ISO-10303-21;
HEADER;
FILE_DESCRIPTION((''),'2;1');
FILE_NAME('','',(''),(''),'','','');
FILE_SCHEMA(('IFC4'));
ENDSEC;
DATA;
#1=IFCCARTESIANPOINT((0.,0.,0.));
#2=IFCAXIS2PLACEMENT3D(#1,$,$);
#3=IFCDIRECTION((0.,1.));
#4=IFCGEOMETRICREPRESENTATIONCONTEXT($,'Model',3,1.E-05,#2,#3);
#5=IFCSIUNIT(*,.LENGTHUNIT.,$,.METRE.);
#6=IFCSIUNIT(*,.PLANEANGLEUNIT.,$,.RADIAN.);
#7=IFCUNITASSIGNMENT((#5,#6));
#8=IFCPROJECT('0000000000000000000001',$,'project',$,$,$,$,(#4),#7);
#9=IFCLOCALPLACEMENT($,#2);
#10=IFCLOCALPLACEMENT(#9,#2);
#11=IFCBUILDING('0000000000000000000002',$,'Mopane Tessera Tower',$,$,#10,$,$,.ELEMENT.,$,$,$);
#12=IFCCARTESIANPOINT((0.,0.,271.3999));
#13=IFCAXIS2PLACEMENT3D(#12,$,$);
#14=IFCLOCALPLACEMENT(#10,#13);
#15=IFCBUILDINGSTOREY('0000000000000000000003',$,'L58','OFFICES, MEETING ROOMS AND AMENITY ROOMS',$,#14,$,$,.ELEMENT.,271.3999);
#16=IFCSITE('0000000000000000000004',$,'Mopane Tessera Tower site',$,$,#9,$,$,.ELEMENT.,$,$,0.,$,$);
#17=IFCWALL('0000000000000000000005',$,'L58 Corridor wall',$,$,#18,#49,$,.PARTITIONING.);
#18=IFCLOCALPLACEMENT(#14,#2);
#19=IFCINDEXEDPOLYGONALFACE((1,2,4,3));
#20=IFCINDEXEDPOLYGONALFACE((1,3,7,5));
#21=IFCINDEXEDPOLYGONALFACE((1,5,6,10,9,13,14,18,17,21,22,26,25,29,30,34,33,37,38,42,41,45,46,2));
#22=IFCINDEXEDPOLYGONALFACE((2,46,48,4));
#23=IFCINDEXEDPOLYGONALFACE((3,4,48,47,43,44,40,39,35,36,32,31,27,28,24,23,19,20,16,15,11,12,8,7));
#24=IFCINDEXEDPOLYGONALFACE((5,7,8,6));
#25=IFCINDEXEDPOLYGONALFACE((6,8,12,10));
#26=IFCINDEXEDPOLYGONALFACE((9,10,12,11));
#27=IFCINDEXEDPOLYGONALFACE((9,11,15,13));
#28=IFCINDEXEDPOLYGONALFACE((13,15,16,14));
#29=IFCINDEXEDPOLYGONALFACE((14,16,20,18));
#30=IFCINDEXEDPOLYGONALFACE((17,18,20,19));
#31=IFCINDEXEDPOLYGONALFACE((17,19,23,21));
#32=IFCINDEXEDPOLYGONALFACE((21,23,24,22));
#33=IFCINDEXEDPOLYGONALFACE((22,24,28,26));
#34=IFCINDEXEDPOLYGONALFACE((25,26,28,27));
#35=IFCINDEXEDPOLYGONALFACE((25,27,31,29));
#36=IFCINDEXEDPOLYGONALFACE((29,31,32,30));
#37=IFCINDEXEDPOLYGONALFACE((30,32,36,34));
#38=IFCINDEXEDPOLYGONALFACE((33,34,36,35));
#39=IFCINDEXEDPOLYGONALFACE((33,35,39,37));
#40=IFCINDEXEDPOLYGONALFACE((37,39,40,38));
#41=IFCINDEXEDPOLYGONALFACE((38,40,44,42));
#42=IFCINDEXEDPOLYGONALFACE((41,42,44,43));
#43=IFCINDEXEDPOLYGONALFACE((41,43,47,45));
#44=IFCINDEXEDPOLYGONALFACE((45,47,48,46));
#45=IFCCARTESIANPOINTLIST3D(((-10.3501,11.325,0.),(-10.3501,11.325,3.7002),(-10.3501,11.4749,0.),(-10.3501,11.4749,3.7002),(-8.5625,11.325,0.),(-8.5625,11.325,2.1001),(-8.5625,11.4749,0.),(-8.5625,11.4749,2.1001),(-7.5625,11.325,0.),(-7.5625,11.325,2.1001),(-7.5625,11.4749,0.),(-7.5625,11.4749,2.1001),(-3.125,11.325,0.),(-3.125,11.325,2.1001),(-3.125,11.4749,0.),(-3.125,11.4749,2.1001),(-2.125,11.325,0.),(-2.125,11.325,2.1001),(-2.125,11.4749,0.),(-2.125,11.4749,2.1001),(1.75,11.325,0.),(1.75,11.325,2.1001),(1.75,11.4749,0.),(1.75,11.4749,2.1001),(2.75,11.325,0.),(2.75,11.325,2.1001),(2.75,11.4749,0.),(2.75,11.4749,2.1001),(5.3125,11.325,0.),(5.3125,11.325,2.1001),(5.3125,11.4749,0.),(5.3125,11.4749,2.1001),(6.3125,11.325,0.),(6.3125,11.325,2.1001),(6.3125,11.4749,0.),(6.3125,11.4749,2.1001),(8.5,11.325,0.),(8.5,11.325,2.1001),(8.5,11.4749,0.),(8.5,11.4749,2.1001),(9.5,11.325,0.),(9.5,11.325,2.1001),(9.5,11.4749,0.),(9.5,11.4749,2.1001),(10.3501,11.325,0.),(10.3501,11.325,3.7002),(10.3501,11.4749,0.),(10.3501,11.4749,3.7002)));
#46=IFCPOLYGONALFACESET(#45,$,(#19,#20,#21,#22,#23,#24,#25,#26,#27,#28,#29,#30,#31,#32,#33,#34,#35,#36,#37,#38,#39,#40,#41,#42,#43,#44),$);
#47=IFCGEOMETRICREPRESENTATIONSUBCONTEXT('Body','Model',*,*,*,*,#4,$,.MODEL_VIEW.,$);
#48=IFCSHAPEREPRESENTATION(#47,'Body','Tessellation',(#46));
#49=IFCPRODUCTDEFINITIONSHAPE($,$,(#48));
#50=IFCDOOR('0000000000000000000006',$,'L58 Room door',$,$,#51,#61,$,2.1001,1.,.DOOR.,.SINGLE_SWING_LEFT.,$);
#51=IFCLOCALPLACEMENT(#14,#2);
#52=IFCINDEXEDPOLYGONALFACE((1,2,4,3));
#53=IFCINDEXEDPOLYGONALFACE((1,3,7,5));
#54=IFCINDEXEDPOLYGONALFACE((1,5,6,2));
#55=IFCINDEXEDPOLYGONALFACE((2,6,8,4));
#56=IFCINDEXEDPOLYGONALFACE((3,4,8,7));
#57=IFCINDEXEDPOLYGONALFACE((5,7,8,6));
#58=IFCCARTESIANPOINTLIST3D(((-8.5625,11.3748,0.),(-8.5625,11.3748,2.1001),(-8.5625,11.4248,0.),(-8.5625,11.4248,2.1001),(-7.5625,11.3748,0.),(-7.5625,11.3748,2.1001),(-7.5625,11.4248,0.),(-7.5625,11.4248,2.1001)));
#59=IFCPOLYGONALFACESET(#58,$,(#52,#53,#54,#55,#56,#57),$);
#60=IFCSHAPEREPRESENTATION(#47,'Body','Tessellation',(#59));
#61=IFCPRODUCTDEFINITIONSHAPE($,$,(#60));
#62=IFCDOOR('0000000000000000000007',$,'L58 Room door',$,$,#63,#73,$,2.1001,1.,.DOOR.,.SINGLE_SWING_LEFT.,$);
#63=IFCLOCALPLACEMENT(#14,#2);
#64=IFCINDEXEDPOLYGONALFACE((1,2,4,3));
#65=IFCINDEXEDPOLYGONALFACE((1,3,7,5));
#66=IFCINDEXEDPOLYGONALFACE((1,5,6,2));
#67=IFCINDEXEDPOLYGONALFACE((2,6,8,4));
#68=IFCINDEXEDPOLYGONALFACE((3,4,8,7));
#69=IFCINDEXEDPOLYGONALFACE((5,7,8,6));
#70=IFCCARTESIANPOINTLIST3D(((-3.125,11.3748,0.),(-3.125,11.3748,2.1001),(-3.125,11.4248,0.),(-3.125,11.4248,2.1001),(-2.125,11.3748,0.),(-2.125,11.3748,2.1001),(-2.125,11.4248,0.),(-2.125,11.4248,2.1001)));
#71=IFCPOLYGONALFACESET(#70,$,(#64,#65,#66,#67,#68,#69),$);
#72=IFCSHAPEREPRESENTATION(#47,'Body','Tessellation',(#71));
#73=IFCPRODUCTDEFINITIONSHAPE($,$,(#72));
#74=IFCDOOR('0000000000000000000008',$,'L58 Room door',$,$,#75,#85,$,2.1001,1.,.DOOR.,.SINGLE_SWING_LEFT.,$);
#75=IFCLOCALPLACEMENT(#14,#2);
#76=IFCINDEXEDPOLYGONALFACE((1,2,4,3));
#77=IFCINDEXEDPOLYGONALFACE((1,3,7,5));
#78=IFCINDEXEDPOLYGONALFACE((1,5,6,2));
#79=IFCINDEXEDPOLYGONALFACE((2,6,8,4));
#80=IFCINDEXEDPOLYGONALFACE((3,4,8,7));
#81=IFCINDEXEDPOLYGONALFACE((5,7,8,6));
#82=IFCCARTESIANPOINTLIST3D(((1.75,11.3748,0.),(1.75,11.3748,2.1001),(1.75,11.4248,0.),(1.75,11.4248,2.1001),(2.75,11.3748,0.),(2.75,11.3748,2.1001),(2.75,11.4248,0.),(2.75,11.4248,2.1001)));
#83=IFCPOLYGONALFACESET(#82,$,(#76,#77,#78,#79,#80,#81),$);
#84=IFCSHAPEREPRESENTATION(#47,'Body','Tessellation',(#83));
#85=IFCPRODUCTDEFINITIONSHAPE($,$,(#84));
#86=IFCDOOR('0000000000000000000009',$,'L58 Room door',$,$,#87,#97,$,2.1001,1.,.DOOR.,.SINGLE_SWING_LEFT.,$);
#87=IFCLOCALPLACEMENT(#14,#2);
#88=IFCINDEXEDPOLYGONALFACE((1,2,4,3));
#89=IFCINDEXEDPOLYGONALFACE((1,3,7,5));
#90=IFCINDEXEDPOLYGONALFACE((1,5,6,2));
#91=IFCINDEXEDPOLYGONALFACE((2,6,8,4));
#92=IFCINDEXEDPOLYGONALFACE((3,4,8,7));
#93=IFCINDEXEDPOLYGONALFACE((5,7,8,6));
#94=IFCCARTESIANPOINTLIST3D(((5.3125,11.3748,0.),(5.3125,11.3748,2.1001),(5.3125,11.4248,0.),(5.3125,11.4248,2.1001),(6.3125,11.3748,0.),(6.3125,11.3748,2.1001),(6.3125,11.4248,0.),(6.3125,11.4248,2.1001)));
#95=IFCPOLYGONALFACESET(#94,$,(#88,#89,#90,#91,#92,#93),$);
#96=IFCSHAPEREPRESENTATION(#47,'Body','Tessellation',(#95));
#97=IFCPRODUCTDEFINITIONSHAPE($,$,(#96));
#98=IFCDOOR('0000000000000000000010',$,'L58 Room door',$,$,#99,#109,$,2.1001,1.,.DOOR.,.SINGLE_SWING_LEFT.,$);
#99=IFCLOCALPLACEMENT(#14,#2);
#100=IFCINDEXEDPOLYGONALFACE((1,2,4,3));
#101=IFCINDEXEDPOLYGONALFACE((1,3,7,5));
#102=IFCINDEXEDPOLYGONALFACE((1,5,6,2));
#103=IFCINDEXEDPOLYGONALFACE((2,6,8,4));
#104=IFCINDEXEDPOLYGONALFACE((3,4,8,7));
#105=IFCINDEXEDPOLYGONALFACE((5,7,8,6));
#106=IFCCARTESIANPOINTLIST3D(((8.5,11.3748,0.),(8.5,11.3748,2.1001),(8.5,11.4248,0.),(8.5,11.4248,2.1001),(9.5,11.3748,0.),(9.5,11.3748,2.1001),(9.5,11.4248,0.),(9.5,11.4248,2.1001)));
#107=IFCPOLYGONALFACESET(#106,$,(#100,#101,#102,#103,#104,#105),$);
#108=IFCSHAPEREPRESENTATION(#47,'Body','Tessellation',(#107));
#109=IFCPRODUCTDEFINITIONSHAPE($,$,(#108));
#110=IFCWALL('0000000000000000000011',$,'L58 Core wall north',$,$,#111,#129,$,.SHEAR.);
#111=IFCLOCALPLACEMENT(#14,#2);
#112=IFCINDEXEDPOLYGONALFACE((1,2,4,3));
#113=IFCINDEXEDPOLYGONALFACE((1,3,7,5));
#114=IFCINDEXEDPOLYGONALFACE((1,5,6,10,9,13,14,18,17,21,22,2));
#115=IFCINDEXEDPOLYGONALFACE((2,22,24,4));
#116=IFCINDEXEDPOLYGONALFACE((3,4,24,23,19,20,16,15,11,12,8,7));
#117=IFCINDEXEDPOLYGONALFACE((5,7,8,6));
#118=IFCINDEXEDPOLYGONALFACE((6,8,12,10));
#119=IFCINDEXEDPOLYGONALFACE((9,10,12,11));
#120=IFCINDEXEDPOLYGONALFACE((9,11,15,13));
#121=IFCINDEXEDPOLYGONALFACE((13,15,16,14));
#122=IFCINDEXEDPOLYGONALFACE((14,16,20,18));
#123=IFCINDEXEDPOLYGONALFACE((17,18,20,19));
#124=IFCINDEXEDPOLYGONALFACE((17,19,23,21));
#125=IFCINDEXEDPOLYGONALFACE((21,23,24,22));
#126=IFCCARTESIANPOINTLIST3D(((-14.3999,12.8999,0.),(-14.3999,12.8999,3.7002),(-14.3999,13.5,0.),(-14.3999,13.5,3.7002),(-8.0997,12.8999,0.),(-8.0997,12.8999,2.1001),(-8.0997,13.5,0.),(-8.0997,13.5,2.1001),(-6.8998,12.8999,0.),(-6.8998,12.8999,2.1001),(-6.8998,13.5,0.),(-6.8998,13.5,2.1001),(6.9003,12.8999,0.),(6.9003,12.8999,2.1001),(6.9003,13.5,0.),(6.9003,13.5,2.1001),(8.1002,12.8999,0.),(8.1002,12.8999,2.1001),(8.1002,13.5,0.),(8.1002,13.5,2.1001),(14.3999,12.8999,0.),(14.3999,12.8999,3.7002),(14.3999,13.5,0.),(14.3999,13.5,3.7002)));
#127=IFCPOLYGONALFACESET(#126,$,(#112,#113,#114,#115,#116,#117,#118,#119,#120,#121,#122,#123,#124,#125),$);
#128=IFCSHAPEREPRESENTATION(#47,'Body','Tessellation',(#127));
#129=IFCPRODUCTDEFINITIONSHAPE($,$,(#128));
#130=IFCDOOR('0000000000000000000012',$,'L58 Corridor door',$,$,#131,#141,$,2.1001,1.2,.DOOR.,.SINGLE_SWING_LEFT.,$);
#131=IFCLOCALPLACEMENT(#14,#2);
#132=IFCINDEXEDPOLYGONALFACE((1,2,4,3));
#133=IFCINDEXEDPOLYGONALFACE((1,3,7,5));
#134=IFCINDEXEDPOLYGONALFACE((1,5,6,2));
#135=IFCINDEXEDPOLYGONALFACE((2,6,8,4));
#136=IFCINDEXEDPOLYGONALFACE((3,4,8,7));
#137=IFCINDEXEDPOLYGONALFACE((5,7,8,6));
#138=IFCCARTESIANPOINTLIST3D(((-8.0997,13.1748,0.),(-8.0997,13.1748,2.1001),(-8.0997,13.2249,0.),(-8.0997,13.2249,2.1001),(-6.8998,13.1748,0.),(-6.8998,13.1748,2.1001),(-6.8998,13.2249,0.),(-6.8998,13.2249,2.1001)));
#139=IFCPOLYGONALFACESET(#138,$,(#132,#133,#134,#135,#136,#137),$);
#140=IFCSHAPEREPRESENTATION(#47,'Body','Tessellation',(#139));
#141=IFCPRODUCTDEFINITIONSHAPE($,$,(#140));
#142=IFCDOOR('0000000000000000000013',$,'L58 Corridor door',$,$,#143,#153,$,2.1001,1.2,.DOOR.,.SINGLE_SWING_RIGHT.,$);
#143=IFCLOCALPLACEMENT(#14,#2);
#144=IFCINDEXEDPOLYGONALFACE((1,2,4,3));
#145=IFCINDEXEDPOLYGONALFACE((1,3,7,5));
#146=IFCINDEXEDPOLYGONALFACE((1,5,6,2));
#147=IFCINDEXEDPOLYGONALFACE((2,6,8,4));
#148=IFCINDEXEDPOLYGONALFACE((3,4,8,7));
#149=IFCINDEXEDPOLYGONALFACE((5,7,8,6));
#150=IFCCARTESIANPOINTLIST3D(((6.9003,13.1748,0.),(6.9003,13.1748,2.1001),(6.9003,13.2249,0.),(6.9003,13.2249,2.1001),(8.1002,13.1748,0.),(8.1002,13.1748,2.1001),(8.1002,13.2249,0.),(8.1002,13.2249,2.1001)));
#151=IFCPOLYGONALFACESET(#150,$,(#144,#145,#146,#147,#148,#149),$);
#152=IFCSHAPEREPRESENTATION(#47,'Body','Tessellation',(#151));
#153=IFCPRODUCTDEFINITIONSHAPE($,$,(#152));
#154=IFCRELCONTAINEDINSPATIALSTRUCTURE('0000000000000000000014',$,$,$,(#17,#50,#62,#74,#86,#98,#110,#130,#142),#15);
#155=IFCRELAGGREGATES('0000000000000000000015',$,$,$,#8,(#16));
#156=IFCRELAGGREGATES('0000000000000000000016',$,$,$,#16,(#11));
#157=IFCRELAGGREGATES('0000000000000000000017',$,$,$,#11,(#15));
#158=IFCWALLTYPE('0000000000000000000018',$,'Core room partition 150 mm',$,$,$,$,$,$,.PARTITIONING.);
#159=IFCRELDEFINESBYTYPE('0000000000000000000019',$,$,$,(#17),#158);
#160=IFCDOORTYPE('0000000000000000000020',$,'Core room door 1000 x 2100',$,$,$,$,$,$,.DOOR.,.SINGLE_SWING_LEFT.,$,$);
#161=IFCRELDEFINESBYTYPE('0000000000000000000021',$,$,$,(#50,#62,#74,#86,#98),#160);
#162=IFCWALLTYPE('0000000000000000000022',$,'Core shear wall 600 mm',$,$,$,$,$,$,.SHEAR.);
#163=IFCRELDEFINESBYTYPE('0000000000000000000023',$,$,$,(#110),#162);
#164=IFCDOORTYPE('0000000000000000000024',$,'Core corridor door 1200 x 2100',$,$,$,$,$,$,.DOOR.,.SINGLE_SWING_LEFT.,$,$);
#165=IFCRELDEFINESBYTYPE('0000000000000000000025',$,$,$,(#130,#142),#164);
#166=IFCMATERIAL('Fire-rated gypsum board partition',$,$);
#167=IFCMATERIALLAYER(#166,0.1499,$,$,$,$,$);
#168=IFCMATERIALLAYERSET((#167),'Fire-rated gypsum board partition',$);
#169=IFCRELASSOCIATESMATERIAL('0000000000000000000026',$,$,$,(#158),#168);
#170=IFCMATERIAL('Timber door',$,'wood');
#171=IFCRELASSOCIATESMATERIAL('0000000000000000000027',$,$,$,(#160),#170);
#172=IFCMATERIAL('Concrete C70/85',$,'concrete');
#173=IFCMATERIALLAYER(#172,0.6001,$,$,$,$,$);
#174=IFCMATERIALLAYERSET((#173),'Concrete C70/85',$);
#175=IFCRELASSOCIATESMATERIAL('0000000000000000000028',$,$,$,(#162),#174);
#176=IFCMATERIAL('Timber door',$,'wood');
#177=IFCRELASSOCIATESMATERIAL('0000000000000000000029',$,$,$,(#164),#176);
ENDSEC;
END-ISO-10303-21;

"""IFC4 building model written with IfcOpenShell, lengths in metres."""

from ifc_helpers import new_model, si_unit, direction, frame, frame_2d, origin, place, context, subcontext, project, spatial, rectangle, extrude, material, layer, layer_set, type_object, element, fill, save


model = new_model("IFC4")

# Units and contexts
model_context = context("Model", 3, precision=1e-05, world=origin(), true_north=direction((0.0, 1.0)))
body_context = subcontext(model_context, "Body", "Model", "MODEL_VIEW")
ifc_project = project(units=[si_unit("LENGTHUNIT", "METRE"), si_unit("PLANEANGLEUNIT", "RADIAN")], contexts=[model_context])

# Site, building, storey
site_placement = place(None, origin())
site = spatial("IfcSite", under=ifc_project, at=site_placement, Name="Mopane Tessera Tower site", CompositionType="ELEMENT", RefElevation=0.0)
building_placement = place(site_placement, origin())
building = spatial("IfcBuilding", under=site, at=building_placement, Name="Mopane Tessera Tower", CompositionType="ELEMENT")
storey_placement = place(building_placement, frame((0.0, 0.0, 271.3999)))
storey = spatial("IfcBuildingStorey", under=building, at=storey_placement, Name="L58", Description="OFFICES, MEETING ROOMS AND AMENITY ROOMS", CompositionType="ELEMENT", Elevation=271.3999)

# Walls, openings, doors
ifc_material_1 = material(Name="Fire-rated gypsum board partition")
ifc_layer_1 = layer(ifc_material_1, 0.1499)
ifc_layer_set_1 = layer_set([ifc_layer_1], Name="Fire-rated gypsum board partition")
wall_type_1 = type_object("IfcWallType", Name="Core room partition 150 mm", PredefinedType="PARTITIONING", material=ifc_layer_set_1)
wall_1_placement = place(storey_placement, frame((-10.3501, 11.3999, 0.0), z_axis=(0.0, 0.0, 1.0), x_axis=(1.0, 0.0, 0.0)))
wall_1 = element("IfcWall", 1, at=wall_1_placement, inside=storey, type_object=wall_type_1, Name="L58 Corridor wall", PredefinedType="PARTITIONING", context=body_context, shape_type="SweptSolid", body=[
    extrude(rectangle(XDim=20.7002, YDim=0.1499, at=frame_2d((10.3501, 0.0))), origin(), (0.0, 0.0, 1.0), 3.7002),
])
opening_1_placement = place(wall_1_placement, frame((1.7876, 0.0, 0.0)))
opening_1 = element("IfcOpeningElement", 2, at=opening_1_placement, cuts=wall_1, PredefinedType="OPENING", context=body_context, shape_type="SweptSolid", body=[
    extrude(rectangle(XDim=1.0, YDim=2.1001, at=frame_2d((0.5, 1.05))), frame((0.0, 0.0869, 0.0), z_axis=(0.0, -1.0, 0.0), x_axis=(1.0, 0.0, 0.0)), (0.0, 0.0, 1.0), 0.1738),
])
opening_2_placement = place(wall_1_placement, frame((7.2251, 0.0, 0.0)))
opening_2 = element("IfcOpeningElement", 3, at=opening_2_placement, cuts=wall_1, PredefinedType="OPENING", context=body_context, shape_type="SweptSolid", body=[
    extrude(rectangle(XDim=1.0, YDim=2.1001, at=frame_2d((0.5, 1.05))), frame((0.0, 0.0869, 0.0), z_axis=(0.0, -1.0, 0.0), x_axis=(1.0, 0.0, 0.0)), (0.0, 0.0, 1.0), 0.1738),
])
opening_3_placement = place(wall_1_placement, frame((12.1001, 0.0, 0.0)))
opening_3 = element("IfcOpeningElement", 4, at=opening_3_placement, cuts=wall_1, PredefinedType="OPENING", context=body_context, shape_type="SweptSolid", body=[
    extrude(rectangle(XDim=1.0, YDim=2.1001, at=frame_2d((0.5, 1.05))), frame((0.0, 0.0869, 0.0), z_axis=(0.0, -1.0, 0.0), x_axis=(1.0, 0.0, 0.0)), (0.0, 0.0, 1.0), 0.1738),
])
opening_4_placement = place(wall_1_placement, frame((15.6626, 0.0, 0.0)))
opening_4 = element("IfcOpeningElement", 5, at=opening_4_placement, cuts=wall_1, PredefinedType="OPENING", context=body_context, shape_type="SweptSolid", body=[
    extrude(rectangle(XDim=1.0, YDim=2.1001, at=frame_2d((0.5, 1.05))), frame((0.0, 0.0869, 0.0), z_axis=(0.0, -1.0, 0.0), x_axis=(1.0, 0.0, 0.0)), (0.0, 0.0, 1.0), 0.1738),
])
opening_5_placement = place(wall_1_placement, frame((18.8501, 0.0, 0.0)))
opening_5 = element("IfcOpeningElement", 6, at=opening_5_placement, cuts=wall_1, PredefinedType="OPENING", context=body_context, shape_type="SweptSolid", body=[
    extrude(rectangle(XDim=1.0, YDim=2.1001, at=frame_2d((0.5, 1.05))), frame((0.0, 0.0869, 0.0), z_axis=(0.0, -1.0, 0.0), x_axis=(1.0, 0.0, 0.0)), (0.0, 0.0, 1.0), 0.1738),
])
ifc_material_2 = material(Name="Timber door", Category="wood")
door_type_1 = type_object("IfcDoorType", Name="Core room door 1000 x 2100", OperationType="SINGLE_SWING_LEFT", PredefinedType="DOOR", material=ifc_material_2)
door_1_placement = place(opening_1_placement, origin())
door_1 = element("IfcDoor", 7, at=door_1_placement, inside=storey, type_object=door_type_1, Name="L58 Room door", OperationType="SINGLE_SWING_LEFT", OverallHeight=2.1001, OverallWidth=1.0, PredefinedType="DOOR", context=body_context, shape_type="SweptSolid", body=[
    extrude(rectangle(XDim=1.0, YDim=2.1001, at=frame_2d((0.5, 1.05))), frame((0.0, 0.0249, 0.0), z_axis=(0.0, -1.0, 0.0), x_axis=(1.0, 0.0, 0.0)), (0.0, 0.0, 1.0), 0.05),
])
fill(opening_1, door_1)
door_2_placement = place(opening_2_placement, origin())
door_2 = element("IfcDoor", 8, at=door_2_placement, inside=storey, type_object=door_type_1, Name="L58 Room door", OperationType="SINGLE_SWING_LEFT", OverallHeight=2.1001, OverallWidth=1.0, PredefinedType="DOOR", context=body_context, shape_type="SweptSolid", body=[
    extrude(rectangle(XDim=1.0, YDim=2.1001, at=frame_2d((0.5, 1.05))), frame((0.0, 0.0249, 0.0), z_axis=(0.0, -1.0, 0.0), x_axis=(1.0, 0.0, 0.0)), (0.0, 0.0, 1.0), 0.05),
])
fill(opening_2, door_2)
door_3_placement = place(opening_3_placement, origin())
door_3 = element("IfcDoor", 9, at=door_3_placement, inside=storey, type_object=door_type_1, Name="L58 Room door", OperationType="SINGLE_SWING_LEFT", OverallHeight=2.1001, OverallWidth=1.0, PredefinedType="DOOR", context=body_context, shape_type="SweptSolid", body=[
    extrude(rectangle(XDim=1.0, YDim=2.1001, at=frame_2d((0.5, 1.05))), frame((0.0, 0.0249, 0.0), z_axis=(0.0, -1.0, 0.0), x_axis=(1.0, 0.0, 0.0)), (0.0, 0.0, 1.0), 0.05),
])
fill(opening_3, door_3)
door_4_placement = place(opening_4_placement, origin())
door_4 = element("IfcDoor", 10, at=door_4_placement, inside=storey, type_object=door_type_1, Name="L58 Room door", OperationType="SINGLE_SWING_LEFT", OverallHeight=2.1001, OverallWidth=1.0, PredefinedType="DOOR", context=body_context, shape_type="SweptSolid", body=[
    extrude(rectangle(XDim=1.0, YDim=2.1001, at=frame_2d((0.5, 1.05))), frame((0.0, 0.0249, 0.0), z_axis=(0.0, -1.0, 0.0), x_axis=(1.0, 0.0, 0.0)), (0.0, 0.0, 1.0), 0.05),
])
fill(opening_4, door_4)
door_5_placement = place(opening_5_placement, origin())
door_5 = element("IfcDoor", 11, at=door_5_placement, inside=storey, type_object=door_type_1, Name="L58 Room door", OperationType="SINGLE_SWING_LEFT", OverallHeight=2.1001, OverallWidth=1.0, PredefinedType="DOOR", context=body_context, shape_type="SweptSolid", body=[
    extrude(rectangle(XDim=1.0, YDim=2.1001, at=frame_2d((0.5, 1.05))), frame((0.0, 0.0249, 0.0), z_axis=(0.0, -1.0, 0.0), x_axis=(1.0, 0.0, 0.0)), (0.0, 0.0, 1.0), 0.05),
])
fill(opening_5, door_5)
ifc_material_3 = material(Name="Concrete C70/85", Category="concrete")
ifc_layer_2 = layer(ifc_material_3, 0.6001)
ifc_layer_set_2 = layer_set([ifc_layer_2], Name="Concrete C70/85")
wall_type_2 = type_object("IfcWallType", Name="Core shear wall 600 mm", PredefinedType="SHEAR", material=ifc_layer_set_2)
wall_2_placement = place(storey_placement, frame((-14.3999, 13.2, 0.0), z_axis=(0.0, 0.0, 1.0), x_axis=(1.0, 0.0, 0.0)))
wall_2 = element("IfcWall", 12, at=wall_2_placement, inside=storey, type_object=wall_type_2, Name="L58 Core wall north", PredefinedType="SHEAR", context=body_context, shape_type="SweptSolid", body=[
    extrude(rectangle(XDim=28.7998, YDim=0.6001, at=frame_2d((14.3999, 0.0))), origin(), (0.0, 0.0, 1.0), 3.7002),
])
opening_6_placement = place(wall_2_placement, frame((6.3, 0.0, 0.0)))
opening_6 = element("IfcOpeningElement", 13, at=opening_6_placement, cuts=wall_2, PredefinedType="OPENING", context=body_context, shape_type="SweptSolid", body=[
    extrude(rectangle(XDim=1.2, YDim=2.1001, at=frame_2d((0.6001, 1.05))), frame((0.0, 0.312, 0.0), z_axis=(0.0, -1.0, 0.0), x_axis=(1.0, 0.0, 0.0)), (0.0, 0.0, 1.0), 0.624),
])
opening_7_placement = place(wall_2_placement, frame((21.3, 0.0, 0.0)))
opening_7 = element("IfcOpeningElement", 14, at=opening_7_placement, cuts=wall_2, PredefinedType="OPENING", context=body_context, shape_type="SweptSolid", body=[
    extrude(rectangle(XDim=1.2, YDim=2.1001, at=frame_2d((0.6001, 1.05))), frame((0.0, 0.312, 0.0), z_axis=(0.0, -1.0, 0.0), x_axis=(1.0, 0.0, 0.0)), (0.0, 0.0, 1.0), 0.624),
])
ifc_material_4 = material(Name="Timber door", Category="wood")
door_type_2 = type_object("IfcDoorType", Name="Core corridor door 1200 x 2100", OperationType="SINGLE_SWING_LEFT", PredefinedType="DOOR", material=ifc_material_4)
door_6_placement = place(opening_6_placement, origin())
door_6 = element("IfcDoor", 15, at=door_6_placement, inside=storey, type_object=door_type_2, Name="L58 Corridor door", OperationType="SINGLE_SWING_LEFT", OverallHeight=2.1001, OverallWidth=1.2, PredefinedType="DOOR", context=body_context, shape_type="SweptSolid", body=[
    extrude(rectangle(XDim=1.2, YDim=2.1001, at=frame_2d((0.6001, 1.05))), frame((0.0, 0.0249, 0.0), z_axis=(0.0, -1.0, 0.0), x_axis=(1.0, 0.0, 0.0)), (0.0, 0.0, 1.0), 0.05),
])
fill(opening_6, door_6)
door_7_placement = place(opening_7_placement, origin())
door_7 = element("IfcDoor", 16, at=door_7_placement, inside=storey, type_object=door_type_2, Name="L58 Corridor door", OperationType="SINGLE_SWING_RIGHT", OverallHeight=2.1001, OverallWidth=1.2, PredefinedType="DOOR", context=body_context, shape_type="SweptSolid", body=[
    extrude(rectangle(XDim=1.2, YDim=2.1001, at=frame_2d((0.6001, 1.05))), frame((0.0, 0.0249, 0.0), z_axis=(0.0, -1.0, 0.0), x_axis=(1.0, 0.0, 0.0)), (0.0, 0.0, 1.0), 0.05),
])
fill(opening_7, door_7)

save(model, "model.ifc")
